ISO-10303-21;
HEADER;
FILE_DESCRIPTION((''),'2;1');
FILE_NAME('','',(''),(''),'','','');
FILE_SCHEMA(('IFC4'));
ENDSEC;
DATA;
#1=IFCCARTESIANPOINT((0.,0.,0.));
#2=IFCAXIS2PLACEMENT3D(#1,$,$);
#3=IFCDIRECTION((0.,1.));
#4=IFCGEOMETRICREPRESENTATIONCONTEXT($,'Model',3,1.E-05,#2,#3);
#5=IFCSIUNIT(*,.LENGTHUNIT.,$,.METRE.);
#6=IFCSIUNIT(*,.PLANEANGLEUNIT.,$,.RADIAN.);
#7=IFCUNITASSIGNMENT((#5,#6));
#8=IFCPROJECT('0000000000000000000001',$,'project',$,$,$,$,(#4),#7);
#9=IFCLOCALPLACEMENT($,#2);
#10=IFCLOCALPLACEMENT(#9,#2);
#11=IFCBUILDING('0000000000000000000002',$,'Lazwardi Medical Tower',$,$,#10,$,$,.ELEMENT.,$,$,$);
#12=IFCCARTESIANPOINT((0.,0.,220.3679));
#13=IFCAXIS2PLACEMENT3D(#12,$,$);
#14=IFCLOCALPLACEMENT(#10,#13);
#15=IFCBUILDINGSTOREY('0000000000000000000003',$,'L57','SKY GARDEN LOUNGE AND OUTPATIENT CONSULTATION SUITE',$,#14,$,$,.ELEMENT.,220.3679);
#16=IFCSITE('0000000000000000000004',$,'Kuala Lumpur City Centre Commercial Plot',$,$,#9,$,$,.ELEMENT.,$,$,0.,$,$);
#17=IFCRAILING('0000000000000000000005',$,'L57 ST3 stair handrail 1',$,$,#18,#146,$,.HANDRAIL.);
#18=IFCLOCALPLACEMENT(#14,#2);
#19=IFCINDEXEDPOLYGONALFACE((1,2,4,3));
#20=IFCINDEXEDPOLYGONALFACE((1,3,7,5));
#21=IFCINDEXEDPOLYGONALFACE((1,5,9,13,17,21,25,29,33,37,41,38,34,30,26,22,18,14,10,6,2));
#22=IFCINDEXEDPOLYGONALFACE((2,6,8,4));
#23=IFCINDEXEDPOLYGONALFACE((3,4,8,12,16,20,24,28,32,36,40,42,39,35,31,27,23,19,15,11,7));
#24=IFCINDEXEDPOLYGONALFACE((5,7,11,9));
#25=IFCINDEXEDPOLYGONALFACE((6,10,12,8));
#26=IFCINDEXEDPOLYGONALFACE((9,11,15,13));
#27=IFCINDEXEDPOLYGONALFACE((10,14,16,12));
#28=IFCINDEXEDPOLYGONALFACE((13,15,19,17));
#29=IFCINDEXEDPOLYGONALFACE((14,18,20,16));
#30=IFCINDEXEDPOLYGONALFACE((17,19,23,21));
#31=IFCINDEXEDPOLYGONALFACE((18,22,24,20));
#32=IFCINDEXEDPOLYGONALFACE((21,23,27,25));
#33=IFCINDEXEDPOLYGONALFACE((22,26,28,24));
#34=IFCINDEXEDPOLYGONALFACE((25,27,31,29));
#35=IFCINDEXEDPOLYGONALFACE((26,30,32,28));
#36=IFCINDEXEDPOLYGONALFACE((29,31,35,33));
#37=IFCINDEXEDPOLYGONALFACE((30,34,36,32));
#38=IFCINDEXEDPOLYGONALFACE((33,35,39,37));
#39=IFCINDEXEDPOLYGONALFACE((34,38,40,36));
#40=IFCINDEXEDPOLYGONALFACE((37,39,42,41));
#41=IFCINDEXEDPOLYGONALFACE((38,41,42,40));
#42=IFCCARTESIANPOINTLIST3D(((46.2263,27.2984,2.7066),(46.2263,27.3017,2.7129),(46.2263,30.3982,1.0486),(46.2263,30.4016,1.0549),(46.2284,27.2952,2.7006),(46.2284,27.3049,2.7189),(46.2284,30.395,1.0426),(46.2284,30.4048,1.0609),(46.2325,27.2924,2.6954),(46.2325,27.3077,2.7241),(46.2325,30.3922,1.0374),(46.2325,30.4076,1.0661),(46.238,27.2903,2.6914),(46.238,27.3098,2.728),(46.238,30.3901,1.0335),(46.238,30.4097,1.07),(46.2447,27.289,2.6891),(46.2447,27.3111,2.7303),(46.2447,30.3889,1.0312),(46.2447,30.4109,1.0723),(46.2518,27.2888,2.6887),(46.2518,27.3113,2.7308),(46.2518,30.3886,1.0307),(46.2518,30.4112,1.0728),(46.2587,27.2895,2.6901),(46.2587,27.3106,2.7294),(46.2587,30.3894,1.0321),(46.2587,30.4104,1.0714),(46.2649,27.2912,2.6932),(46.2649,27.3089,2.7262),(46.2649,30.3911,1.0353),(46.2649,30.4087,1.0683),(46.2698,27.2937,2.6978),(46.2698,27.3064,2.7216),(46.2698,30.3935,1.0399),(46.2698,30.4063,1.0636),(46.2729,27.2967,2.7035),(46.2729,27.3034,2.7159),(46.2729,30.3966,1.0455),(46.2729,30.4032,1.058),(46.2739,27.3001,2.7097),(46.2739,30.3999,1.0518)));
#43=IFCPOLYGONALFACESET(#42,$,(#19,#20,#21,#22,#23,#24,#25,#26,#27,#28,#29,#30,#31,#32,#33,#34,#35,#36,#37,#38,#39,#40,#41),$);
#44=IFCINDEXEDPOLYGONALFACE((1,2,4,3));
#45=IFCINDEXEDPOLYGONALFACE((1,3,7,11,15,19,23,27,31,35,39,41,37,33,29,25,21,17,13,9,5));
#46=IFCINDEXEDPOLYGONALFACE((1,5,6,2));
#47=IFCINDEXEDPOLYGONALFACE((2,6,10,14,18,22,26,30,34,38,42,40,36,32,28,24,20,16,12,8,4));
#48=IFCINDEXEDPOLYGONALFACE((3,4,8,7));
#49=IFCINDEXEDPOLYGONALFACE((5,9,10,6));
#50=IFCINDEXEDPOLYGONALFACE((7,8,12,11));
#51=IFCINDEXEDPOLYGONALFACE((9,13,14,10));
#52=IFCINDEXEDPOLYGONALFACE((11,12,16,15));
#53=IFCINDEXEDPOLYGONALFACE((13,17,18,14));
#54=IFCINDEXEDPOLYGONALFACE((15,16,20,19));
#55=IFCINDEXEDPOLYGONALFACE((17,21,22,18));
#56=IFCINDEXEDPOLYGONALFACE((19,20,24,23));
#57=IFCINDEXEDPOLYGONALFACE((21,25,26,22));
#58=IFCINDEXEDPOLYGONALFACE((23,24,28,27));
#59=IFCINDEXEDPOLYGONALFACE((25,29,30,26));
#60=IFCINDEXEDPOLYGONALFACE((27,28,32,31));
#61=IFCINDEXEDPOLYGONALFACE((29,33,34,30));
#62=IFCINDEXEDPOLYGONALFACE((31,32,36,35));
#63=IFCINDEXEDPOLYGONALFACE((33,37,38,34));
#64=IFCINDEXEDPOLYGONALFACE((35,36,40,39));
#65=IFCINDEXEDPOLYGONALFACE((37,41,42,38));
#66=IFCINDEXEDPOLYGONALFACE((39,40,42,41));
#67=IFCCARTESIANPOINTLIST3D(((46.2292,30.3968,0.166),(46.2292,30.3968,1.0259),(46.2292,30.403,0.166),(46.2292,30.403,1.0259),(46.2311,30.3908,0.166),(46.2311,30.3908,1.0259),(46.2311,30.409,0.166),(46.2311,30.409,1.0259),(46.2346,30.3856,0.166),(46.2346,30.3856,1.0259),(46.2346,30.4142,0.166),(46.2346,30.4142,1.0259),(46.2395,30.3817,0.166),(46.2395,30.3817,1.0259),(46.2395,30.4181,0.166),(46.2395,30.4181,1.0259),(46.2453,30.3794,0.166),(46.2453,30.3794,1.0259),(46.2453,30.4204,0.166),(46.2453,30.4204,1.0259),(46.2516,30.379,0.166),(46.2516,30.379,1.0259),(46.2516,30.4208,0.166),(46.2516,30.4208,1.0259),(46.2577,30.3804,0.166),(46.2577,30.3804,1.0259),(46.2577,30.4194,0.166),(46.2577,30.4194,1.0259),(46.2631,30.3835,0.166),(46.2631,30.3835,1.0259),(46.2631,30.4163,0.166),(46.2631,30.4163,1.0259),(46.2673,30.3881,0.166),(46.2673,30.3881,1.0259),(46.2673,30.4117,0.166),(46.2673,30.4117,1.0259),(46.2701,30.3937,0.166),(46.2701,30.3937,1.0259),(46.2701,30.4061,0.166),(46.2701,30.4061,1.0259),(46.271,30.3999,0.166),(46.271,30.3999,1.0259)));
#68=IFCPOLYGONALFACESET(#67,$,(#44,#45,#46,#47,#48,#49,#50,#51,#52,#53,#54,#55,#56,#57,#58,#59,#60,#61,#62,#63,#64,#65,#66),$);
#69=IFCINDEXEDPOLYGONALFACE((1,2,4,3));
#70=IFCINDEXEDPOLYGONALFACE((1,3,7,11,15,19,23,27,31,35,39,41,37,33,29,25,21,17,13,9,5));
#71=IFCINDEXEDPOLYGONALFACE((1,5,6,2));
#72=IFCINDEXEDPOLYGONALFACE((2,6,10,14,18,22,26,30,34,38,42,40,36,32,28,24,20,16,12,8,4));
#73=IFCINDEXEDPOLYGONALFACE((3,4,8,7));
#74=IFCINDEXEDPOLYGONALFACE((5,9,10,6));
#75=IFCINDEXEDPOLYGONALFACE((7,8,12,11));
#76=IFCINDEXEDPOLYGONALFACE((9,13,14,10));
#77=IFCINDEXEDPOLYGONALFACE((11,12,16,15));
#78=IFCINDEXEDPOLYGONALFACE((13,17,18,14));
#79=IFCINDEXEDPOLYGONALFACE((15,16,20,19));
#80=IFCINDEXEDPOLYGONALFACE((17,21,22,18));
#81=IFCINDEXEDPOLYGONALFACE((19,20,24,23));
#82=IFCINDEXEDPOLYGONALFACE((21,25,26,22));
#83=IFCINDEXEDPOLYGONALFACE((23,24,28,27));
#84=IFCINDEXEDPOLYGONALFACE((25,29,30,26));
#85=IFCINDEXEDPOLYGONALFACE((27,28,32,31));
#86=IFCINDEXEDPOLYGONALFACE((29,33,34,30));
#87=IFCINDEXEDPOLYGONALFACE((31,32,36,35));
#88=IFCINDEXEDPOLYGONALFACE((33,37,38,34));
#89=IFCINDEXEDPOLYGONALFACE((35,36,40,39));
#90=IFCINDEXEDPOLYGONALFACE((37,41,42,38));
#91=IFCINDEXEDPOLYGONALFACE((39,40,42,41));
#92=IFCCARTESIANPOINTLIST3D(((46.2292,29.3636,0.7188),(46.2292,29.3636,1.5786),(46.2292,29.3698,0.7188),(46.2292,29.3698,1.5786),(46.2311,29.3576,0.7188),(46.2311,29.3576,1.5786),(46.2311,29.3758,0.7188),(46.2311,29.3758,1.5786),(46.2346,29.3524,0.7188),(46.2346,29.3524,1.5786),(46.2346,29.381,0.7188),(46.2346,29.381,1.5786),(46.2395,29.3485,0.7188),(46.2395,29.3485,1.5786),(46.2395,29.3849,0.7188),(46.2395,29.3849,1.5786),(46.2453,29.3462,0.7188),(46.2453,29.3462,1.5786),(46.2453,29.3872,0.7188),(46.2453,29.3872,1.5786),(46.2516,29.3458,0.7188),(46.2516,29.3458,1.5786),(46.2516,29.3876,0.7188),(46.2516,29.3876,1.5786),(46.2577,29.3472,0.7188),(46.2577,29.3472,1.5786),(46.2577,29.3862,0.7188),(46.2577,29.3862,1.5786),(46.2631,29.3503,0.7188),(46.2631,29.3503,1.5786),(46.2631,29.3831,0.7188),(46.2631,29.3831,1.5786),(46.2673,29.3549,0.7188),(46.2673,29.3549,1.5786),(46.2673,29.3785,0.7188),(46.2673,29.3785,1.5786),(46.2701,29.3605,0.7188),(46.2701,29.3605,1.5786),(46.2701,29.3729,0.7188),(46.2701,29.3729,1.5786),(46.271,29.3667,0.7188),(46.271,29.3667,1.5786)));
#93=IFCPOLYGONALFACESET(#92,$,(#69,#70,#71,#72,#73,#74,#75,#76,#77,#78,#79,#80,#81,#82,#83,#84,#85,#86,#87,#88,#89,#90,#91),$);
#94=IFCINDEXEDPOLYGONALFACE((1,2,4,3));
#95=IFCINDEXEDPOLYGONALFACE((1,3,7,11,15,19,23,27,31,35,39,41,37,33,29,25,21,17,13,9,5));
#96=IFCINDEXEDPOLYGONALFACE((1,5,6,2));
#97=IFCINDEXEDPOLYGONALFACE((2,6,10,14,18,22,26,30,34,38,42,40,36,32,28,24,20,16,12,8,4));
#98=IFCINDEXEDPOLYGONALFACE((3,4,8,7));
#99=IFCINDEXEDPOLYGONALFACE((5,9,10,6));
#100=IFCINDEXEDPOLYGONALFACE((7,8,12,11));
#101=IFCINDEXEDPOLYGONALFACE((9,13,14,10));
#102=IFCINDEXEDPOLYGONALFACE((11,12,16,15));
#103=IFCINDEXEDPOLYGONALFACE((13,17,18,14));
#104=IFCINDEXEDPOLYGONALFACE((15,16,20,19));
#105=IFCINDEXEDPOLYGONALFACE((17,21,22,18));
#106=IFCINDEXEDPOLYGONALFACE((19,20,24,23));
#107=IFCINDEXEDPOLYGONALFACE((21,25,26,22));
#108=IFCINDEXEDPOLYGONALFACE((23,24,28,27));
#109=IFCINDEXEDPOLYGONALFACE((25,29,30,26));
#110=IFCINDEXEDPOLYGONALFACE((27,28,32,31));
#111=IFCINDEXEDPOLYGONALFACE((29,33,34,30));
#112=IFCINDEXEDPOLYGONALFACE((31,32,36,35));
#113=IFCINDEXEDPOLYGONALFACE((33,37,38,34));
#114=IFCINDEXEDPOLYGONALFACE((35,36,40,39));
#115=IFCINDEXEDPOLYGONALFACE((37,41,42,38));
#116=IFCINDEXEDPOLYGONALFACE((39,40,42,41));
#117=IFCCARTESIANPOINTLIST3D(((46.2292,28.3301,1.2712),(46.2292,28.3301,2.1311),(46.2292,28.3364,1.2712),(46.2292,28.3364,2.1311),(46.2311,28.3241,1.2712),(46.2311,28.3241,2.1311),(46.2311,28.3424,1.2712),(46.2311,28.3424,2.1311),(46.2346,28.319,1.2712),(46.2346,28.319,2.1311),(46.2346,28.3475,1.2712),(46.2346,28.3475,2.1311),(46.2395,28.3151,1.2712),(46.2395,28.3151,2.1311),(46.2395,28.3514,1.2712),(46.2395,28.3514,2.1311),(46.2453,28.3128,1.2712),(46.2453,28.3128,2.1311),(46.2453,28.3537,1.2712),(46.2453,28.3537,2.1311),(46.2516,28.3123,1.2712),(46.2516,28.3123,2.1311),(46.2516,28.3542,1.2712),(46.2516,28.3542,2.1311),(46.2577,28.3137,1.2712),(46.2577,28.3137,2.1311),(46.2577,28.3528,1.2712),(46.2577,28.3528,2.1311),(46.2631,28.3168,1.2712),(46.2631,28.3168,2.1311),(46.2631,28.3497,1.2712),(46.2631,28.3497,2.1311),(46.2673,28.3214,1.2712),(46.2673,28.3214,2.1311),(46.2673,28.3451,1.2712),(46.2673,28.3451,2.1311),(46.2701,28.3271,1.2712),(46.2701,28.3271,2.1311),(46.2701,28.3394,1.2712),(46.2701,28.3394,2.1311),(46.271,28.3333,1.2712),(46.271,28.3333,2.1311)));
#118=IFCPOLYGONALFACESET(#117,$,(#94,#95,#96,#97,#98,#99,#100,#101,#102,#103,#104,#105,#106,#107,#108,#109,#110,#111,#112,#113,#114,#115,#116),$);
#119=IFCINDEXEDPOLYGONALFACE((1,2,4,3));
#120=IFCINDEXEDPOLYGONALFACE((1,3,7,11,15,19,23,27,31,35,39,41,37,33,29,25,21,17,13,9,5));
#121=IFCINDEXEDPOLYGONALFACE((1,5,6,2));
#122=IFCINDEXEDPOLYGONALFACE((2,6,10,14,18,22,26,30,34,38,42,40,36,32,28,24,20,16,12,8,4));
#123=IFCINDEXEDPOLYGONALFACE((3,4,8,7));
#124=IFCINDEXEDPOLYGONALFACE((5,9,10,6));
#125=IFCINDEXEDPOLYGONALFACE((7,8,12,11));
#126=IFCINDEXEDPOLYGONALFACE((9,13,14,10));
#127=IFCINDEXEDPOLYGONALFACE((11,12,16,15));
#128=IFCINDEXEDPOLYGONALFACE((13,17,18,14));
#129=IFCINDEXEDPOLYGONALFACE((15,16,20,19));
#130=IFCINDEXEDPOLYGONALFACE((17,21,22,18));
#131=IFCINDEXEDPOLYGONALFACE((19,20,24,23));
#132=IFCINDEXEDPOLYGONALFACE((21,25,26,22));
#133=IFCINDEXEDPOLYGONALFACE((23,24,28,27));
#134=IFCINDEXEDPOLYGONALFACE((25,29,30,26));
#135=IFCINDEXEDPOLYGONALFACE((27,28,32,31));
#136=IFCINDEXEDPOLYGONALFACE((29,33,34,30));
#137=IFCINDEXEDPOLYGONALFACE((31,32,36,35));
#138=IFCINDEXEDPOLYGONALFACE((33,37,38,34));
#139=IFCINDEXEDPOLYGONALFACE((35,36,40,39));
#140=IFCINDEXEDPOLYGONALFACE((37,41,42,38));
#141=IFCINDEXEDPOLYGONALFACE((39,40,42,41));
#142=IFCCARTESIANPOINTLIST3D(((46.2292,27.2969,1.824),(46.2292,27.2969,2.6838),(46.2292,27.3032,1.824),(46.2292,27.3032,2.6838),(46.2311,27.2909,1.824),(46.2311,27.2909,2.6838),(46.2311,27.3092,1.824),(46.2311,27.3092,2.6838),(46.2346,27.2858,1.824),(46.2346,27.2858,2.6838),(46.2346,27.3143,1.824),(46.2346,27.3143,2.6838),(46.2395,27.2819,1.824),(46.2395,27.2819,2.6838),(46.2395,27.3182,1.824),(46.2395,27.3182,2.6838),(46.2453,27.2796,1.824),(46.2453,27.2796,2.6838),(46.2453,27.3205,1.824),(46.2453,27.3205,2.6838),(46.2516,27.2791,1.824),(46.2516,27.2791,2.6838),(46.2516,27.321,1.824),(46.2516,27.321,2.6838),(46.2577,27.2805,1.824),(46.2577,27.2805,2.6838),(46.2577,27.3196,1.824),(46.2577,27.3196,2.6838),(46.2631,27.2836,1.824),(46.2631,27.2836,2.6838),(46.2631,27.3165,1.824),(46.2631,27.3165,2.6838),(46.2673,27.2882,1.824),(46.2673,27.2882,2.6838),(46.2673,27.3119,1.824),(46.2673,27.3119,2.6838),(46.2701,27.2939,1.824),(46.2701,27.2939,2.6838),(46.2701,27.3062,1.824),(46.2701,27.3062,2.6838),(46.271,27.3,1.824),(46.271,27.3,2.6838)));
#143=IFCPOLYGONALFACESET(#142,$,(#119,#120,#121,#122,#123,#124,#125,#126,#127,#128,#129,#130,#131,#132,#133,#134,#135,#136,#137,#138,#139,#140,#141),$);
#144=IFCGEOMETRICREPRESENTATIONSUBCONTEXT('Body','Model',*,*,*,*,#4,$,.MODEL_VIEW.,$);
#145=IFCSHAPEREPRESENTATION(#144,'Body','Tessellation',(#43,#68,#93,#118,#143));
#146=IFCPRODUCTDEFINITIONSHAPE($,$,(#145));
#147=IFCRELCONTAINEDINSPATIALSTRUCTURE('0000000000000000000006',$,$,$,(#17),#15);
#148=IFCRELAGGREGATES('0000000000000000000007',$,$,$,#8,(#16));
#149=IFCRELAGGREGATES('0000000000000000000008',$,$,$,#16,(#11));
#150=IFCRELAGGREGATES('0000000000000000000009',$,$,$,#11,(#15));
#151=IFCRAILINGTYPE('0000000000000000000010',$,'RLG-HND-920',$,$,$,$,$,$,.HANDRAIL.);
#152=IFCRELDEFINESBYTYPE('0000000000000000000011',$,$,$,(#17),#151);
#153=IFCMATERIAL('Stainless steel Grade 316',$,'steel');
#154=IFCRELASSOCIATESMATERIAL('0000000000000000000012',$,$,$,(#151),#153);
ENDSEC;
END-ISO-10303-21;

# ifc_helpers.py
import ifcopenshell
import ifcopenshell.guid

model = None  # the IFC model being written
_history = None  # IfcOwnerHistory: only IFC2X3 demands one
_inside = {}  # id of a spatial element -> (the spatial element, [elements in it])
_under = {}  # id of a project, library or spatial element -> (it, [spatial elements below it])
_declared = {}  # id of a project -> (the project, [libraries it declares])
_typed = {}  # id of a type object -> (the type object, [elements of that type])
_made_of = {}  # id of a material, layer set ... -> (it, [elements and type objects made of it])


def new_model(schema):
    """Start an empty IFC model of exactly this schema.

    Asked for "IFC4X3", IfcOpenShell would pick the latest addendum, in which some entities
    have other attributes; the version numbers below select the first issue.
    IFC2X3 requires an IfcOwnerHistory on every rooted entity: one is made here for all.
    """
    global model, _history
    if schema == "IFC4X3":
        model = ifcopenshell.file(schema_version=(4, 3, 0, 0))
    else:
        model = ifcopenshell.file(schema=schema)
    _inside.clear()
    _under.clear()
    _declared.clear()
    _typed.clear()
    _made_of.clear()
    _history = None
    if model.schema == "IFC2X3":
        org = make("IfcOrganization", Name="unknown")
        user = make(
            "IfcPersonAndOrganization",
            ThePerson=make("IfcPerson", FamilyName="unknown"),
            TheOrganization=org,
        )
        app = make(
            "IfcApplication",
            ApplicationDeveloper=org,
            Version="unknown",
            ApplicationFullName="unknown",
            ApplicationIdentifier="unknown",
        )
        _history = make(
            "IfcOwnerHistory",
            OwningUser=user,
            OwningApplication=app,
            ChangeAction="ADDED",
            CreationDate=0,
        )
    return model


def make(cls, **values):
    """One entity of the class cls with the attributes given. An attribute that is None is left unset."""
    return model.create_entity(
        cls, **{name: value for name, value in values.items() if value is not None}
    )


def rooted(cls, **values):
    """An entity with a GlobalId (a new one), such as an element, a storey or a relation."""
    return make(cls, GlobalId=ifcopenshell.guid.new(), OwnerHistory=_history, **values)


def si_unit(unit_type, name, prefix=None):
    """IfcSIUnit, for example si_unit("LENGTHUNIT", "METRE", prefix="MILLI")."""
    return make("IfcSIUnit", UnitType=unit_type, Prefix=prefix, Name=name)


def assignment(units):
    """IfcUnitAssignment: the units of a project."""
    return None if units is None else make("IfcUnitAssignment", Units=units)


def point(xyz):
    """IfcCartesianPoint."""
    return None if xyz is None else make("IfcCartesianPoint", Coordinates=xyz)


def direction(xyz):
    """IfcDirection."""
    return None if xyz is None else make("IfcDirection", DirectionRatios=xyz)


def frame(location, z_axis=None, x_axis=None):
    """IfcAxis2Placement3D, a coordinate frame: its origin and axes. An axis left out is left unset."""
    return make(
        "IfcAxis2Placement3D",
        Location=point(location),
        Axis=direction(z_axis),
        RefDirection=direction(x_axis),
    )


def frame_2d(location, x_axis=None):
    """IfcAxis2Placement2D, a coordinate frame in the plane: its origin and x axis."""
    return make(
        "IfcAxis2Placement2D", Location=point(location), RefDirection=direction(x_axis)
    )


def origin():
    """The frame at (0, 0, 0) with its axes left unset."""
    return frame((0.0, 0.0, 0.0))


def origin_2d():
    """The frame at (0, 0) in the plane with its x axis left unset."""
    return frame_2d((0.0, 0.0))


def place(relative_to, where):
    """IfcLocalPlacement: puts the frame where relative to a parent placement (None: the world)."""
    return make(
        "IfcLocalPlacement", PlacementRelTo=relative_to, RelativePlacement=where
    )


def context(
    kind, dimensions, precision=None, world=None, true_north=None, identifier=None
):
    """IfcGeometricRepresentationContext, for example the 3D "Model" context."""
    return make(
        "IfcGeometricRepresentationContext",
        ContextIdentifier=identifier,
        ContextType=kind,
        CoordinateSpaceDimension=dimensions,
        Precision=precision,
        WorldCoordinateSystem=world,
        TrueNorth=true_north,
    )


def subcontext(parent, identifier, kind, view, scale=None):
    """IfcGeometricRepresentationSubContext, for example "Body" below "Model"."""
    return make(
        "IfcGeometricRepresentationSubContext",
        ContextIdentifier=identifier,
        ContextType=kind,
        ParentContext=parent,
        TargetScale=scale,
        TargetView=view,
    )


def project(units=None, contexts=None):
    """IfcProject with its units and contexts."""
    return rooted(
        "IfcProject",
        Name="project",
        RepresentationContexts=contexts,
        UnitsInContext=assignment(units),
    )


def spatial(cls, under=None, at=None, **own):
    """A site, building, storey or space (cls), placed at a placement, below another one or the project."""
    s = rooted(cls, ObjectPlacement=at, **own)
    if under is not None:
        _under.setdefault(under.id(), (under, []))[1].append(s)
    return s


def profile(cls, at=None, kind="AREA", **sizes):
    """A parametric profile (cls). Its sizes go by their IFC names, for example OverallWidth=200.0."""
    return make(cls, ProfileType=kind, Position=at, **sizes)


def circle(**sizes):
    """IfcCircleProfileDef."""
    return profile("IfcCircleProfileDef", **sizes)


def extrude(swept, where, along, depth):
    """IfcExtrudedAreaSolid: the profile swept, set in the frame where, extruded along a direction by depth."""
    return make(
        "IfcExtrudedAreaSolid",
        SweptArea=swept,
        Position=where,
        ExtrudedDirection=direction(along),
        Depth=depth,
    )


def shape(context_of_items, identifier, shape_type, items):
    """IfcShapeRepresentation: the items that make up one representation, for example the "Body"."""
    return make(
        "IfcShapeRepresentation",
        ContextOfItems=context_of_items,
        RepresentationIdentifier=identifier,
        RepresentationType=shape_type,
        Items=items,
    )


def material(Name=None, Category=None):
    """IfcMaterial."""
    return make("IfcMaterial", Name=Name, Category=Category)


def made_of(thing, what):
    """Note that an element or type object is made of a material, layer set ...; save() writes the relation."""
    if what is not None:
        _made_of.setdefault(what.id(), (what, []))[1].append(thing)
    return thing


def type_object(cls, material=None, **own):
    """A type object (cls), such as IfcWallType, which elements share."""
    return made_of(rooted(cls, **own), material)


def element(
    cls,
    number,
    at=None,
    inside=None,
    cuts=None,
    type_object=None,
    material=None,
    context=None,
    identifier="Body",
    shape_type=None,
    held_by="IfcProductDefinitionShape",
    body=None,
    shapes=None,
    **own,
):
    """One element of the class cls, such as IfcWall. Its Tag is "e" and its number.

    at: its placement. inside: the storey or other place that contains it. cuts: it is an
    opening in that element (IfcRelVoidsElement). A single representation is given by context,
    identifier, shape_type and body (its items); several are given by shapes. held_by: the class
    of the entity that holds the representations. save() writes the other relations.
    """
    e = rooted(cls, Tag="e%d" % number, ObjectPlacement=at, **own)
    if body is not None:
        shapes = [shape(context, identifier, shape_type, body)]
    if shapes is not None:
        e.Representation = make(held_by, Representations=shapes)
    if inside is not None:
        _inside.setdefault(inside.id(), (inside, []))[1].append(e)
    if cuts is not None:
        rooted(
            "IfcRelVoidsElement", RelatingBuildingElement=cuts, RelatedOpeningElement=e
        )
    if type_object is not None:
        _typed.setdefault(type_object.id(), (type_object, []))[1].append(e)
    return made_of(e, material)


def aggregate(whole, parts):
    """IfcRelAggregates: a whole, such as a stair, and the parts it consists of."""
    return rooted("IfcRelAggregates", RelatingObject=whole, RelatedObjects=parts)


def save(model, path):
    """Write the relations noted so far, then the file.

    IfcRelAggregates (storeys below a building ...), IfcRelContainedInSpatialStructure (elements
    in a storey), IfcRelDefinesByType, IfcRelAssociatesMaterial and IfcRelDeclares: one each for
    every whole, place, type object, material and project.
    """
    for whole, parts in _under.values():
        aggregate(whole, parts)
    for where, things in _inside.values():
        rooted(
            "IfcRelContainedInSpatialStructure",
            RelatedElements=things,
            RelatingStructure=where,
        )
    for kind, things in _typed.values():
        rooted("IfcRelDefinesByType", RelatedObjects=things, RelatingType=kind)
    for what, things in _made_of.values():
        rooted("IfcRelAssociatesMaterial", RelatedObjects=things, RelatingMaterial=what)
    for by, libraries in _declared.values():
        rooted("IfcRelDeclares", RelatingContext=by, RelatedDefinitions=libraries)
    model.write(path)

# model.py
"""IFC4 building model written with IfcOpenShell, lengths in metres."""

from ifc_helpers import new_model, si_unit, direction, frame, origin, origin_2d, place, context, subcontext, project, spatial, circle, extrude, material, type_object, element, save


model = new_model("IFC4")

# Units and contexts
model_context = context("Model", 3, precision=1e-05, world=origin(), true_north=direction((0.0, 1.0)))
body_context = subcontext(model_context, "Body", "Model", "MODEL_VIEW")
ifc_project = project(units=[si_unit("LENGTHUNIT", "METRE"), si_unit("PLANEANGLEUNIT", "RADIAN")], contexts=[model_context])

# Site, building, storey
site_placement = place(None, origin())
site = spatial("IfcSite", under=ifc_project, at=site_placement, Name="Kuala Lumpur City Centre Commercial Plot", CompositionType="ELEMENT", RefElevation=0.0)
building_placement = place(site_placement, origin())
building = spatial("IfcBuilding", under=site, at=building_placement, Name="Lazwardi Medical Tower", CompositionType="ELEMENT")
storey_placement = place(building_placement, frame((0.0, 0.0, 220.3679)))
storey = spatial("IfcBuildingStorey", under=building, at=storey_placement, Name="L57", Description="SKY GARDEN LOUNGE AND OUTPATIENT CONSULTATION SUITE", CompositionType="ELEMENT", Elevation=220.3679)

# Railing
ifc_material_1 = material(Name="Stainless steel Grade 316", Category="steel")
railing_type_1 = type_object("IfcRailingType", Name="RLG-HND-920", PredefinedType="HANDRAIL", material=ifc_material_1)
railing_1_placement = place(storey_placement, frame((46.25, 30.3999, 0.166)))
element("IfcRailing", 1, at=railing_1_placement, inside=storey, type_object=railing_type_1, Name="L57 ST3 stair handrail 1", PredefinedType="HANDRAIL", context=body_context, shape_type="SweptSolid", body=[
    extrude(circle(Radius=0.0239, at=origin_2d()), frame((0.0, 0.0, 0.8857), z_axis=(0.0, -0.881797, 0.47163), x_axis=(1.0, 0.0, 0.0)), (0.0, 0.0, 1.0), 3.5154),
    extrude(circle(Radius=0.021, at=origin_2d()), origin(), (0.0, 0.0, 1.0), 0.8599),
    extrude(circle(Radius=0.021, at=origin_2d()), frame((0.0, -1.0332, 0.5527)), (0.0, 0.0, 1.0), 0.8599),
    extrude(circle(Radius=0.021, at=origin_2d()), frame((0.0, -2.0667, 1.1052)), (0.0, 0.0, 1.0), 0.8599),
    extrude(circle(Radius=0.021, at=origin_2d()), frame((0.0, -3.0999, 1.658)), (0.0, 0.0, 1.0), 0.8599),
])

save(model, "model.ifc")
